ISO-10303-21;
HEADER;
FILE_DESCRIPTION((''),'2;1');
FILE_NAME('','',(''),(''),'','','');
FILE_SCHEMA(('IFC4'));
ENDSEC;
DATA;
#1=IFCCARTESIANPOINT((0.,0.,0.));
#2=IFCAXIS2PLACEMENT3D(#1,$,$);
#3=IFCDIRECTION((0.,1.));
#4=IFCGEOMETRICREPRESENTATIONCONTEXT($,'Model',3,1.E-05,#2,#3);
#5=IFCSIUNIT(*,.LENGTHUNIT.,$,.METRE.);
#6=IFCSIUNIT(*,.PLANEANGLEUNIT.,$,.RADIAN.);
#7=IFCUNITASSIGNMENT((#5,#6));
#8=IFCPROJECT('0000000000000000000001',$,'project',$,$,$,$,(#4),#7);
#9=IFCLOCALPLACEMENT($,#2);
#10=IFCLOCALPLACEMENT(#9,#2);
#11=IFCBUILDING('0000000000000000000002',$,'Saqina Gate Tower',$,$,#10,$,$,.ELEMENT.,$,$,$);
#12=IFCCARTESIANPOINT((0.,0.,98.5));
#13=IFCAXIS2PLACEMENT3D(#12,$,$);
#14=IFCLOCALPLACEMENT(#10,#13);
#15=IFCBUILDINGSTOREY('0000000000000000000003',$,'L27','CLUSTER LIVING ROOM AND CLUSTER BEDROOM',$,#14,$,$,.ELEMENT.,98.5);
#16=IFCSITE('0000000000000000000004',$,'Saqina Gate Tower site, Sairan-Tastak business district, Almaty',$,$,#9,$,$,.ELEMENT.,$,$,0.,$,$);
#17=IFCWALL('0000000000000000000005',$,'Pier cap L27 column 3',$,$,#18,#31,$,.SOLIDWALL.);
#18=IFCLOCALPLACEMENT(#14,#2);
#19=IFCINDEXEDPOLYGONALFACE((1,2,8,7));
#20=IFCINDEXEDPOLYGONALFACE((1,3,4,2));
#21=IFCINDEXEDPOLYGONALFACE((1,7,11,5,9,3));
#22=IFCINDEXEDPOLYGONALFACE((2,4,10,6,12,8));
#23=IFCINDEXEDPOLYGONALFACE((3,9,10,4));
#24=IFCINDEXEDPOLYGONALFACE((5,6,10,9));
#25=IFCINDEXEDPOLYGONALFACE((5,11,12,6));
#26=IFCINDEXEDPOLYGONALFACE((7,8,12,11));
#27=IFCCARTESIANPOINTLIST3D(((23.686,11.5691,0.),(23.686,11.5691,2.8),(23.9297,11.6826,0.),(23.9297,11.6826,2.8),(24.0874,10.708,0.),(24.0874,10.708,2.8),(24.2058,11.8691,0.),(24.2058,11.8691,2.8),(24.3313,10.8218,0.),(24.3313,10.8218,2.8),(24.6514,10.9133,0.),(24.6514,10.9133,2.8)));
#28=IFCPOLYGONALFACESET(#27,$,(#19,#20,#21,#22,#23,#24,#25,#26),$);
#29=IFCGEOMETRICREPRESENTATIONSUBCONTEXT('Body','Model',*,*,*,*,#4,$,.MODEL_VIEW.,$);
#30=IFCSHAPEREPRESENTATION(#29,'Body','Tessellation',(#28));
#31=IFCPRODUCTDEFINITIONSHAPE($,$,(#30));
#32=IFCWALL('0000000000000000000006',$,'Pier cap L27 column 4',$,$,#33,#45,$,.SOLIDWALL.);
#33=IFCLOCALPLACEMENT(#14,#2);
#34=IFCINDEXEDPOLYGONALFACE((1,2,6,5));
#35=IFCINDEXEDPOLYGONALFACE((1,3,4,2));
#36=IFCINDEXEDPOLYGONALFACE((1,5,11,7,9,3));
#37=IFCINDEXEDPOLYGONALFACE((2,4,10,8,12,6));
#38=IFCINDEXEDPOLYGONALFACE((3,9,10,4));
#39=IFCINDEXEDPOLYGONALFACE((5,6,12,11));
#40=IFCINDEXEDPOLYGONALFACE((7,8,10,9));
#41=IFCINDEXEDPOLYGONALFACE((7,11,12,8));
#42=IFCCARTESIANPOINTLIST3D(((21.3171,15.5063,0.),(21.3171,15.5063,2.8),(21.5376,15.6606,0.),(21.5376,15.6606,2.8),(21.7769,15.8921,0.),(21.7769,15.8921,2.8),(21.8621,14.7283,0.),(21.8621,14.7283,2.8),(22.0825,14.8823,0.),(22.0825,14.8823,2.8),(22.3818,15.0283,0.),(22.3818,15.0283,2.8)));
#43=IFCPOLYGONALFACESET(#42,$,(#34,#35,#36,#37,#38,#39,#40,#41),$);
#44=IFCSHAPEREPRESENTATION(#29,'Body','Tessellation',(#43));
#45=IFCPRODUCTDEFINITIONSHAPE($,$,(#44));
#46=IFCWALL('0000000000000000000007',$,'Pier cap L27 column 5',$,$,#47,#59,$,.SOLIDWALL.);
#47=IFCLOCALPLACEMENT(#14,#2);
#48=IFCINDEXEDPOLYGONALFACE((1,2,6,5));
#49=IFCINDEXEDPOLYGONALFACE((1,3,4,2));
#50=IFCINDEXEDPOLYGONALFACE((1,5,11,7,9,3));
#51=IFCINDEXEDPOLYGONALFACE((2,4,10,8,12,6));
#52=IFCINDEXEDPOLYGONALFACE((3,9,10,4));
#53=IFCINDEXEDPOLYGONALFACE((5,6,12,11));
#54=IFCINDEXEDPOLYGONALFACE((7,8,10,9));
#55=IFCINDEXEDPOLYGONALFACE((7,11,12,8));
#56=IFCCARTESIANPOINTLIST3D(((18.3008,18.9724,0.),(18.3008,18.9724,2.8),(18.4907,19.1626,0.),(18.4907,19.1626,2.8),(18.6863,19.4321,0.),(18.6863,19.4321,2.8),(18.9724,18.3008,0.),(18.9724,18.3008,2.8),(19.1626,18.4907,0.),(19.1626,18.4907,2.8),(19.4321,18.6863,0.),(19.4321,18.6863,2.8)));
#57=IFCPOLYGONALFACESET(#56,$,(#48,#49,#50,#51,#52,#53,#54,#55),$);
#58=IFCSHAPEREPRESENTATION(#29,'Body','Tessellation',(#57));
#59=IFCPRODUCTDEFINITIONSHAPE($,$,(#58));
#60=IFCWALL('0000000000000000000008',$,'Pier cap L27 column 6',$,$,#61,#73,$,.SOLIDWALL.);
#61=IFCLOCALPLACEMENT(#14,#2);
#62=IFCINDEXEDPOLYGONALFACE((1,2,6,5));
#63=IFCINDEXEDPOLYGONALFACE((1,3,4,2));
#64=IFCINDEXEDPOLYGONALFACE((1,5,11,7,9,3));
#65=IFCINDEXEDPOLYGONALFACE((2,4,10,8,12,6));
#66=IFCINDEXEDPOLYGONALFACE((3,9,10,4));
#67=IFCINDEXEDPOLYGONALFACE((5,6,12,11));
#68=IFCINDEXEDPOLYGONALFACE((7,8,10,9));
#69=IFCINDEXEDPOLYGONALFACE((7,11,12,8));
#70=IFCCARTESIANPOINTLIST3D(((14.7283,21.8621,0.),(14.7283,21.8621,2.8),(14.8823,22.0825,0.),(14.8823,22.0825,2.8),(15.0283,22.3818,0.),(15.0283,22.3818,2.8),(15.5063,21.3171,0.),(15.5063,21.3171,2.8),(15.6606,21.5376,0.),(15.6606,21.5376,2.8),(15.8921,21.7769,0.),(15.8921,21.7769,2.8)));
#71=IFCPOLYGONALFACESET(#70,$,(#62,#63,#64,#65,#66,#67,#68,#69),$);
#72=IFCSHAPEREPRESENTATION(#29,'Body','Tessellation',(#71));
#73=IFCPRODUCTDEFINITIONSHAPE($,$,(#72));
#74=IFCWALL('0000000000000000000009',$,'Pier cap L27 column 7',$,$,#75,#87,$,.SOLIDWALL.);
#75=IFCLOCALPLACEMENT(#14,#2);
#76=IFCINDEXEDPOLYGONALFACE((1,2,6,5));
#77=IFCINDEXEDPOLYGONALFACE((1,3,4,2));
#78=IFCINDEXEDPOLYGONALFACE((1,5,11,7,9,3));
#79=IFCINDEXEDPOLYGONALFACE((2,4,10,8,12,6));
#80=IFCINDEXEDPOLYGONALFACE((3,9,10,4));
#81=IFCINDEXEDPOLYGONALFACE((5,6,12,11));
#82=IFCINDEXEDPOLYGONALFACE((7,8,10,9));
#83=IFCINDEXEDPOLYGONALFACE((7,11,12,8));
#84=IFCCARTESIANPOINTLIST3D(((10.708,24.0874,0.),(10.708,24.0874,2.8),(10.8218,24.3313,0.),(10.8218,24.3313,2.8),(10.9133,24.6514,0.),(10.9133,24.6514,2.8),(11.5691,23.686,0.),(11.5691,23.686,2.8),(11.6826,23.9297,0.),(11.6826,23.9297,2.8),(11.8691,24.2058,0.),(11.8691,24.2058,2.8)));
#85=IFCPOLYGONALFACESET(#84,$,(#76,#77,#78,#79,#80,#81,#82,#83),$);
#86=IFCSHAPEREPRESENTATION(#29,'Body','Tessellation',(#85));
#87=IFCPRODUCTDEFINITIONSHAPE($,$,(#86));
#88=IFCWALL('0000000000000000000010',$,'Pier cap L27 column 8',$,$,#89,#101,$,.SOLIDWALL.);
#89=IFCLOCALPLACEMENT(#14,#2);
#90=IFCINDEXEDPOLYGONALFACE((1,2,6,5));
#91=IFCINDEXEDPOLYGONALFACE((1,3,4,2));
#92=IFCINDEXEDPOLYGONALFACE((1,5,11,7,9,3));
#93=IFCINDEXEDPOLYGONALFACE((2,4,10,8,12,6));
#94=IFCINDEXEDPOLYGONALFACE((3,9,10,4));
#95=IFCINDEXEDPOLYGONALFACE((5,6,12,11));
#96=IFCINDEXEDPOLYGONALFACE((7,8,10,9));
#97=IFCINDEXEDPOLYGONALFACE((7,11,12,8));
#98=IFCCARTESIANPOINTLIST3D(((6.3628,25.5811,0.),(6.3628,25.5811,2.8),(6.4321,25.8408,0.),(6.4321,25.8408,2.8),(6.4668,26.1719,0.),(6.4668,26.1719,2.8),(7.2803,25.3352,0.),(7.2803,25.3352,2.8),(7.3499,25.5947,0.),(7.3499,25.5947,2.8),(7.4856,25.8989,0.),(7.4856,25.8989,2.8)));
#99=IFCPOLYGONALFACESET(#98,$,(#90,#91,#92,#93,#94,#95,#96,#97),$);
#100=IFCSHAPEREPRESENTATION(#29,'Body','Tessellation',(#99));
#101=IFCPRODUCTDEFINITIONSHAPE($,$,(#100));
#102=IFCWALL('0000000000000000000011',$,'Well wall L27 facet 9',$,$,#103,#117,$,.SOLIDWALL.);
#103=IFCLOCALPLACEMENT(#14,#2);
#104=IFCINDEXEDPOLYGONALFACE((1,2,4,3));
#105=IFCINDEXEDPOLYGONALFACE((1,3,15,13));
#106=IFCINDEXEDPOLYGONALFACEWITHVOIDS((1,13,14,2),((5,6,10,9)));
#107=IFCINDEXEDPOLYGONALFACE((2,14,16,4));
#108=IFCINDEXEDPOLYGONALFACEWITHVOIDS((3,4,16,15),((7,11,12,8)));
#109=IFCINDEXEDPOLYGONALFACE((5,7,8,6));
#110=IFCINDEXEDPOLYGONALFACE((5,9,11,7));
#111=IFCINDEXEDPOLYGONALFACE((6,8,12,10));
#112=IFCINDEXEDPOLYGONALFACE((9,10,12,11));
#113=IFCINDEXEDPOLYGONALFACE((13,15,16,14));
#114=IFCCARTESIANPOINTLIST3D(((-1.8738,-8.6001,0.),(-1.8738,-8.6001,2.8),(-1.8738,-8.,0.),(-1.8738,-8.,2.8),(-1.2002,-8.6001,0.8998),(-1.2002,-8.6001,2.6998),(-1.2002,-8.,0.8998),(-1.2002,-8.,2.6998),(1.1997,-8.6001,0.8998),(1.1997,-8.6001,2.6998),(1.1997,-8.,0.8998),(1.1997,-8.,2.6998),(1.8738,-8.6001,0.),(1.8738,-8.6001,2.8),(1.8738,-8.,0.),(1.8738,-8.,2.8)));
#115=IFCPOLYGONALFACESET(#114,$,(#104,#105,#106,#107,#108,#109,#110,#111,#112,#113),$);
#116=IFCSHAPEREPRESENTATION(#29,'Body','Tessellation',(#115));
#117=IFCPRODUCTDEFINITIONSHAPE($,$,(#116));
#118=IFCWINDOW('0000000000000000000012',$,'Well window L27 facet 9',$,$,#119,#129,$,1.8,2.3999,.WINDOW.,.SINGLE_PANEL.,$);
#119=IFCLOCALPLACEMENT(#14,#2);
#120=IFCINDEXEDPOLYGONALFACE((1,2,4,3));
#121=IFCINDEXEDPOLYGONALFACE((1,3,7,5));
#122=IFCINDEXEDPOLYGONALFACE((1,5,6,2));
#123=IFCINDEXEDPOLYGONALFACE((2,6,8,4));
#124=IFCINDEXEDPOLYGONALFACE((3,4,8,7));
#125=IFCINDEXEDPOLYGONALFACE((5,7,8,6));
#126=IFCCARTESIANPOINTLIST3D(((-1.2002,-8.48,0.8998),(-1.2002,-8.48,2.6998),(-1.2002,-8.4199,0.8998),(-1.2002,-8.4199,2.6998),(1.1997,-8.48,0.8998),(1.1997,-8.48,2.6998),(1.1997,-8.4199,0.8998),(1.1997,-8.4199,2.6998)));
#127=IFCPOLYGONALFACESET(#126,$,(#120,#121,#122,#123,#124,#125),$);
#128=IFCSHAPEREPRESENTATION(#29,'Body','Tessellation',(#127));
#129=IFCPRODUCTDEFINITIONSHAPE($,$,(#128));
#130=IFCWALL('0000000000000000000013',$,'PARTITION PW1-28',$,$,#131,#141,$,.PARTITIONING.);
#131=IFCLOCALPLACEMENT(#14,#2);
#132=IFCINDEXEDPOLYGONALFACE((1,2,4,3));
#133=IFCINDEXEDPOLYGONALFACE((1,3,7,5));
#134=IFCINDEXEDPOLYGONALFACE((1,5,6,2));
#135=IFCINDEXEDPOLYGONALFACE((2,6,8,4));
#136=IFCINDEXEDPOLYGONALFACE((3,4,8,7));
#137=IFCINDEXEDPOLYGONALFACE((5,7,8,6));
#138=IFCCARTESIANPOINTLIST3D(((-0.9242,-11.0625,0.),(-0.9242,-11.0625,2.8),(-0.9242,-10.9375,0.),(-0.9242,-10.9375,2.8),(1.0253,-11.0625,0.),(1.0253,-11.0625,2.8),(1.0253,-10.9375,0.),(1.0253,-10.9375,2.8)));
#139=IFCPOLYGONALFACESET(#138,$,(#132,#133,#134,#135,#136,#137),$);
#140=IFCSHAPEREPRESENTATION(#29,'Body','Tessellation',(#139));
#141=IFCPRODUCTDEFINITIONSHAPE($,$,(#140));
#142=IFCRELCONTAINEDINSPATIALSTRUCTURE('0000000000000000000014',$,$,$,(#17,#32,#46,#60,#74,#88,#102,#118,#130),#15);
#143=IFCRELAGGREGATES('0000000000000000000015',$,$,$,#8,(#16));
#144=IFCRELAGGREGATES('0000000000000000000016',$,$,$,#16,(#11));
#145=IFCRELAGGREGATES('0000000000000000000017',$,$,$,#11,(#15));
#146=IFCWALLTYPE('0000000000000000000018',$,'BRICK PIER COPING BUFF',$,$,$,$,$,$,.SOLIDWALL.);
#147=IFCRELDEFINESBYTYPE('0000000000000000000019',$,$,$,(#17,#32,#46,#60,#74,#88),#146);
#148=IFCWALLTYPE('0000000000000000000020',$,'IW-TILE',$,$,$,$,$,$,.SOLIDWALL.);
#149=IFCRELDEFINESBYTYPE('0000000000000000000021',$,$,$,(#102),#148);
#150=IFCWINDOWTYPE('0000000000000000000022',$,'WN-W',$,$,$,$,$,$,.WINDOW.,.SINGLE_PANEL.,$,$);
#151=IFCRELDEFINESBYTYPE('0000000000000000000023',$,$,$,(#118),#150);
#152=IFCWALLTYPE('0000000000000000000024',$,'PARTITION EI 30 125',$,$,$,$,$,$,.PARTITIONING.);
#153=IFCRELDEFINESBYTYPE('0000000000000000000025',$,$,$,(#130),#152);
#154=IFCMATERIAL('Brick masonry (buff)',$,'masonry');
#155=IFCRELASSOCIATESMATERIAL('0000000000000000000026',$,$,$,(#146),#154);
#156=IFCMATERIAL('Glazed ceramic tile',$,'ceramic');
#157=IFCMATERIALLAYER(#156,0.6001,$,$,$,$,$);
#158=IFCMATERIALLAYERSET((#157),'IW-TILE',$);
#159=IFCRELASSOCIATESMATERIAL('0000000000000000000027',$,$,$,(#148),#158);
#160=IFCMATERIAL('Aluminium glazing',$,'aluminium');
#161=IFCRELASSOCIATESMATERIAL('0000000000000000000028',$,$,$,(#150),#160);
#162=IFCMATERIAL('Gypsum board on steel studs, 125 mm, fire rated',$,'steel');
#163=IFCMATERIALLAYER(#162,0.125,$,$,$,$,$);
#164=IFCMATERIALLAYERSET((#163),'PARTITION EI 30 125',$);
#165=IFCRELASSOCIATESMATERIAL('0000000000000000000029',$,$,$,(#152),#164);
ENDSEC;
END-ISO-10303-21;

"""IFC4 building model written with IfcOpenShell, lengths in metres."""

from ifc_helpers import new_model, si_unit, direction, frame, frame_2d, origin, place, context, subcontext, project, spatial, polyline, rectangle, outline, extrude, material, layer, layer_set, type_object, element, fill, save


model = new_model("IFC4")

# Units and contexts
model_context = context("Model", 3, precision=1e-05, world=origin(), true_north=direction((0.0, 1.0)))
body_context = subcontext(model_context, "Body", "Model", "MODEL_VIEW")
ifc_project = project(units=[si_unit("LENGTHUNIT", "METRE"), si_unit("PLANEANGLEUNIT", "RADIAN")], contexts=[model_context])

# Site, building, storey
site_placement = place(None, origin())
site = spatial("IfcSite", under=ifc_project, at=site_placement, Name="Saqina Gate Tower site, Sairan-Tastak business district, Almaty", CompositionType="ELEMENT", RefElevation=0.0)
building_placement = place(site_placement, origin())
building = spatial("IfcBuilding", under=site, at=building_placement, Name="Saqina Gate Tower", CompositionType="ELEMENT")
storey_placement = place(building_placement, frame((0.0, 0.0, 98.5)))
storey = spatial("IfcBuildingStorey", under=building, at=storey_placement, Name="L27", Description="CLUSTER LIVING ROOM AND CLUSTER BEDROOM", CompositionType="ELEMENT", Elevation=98.5)

# Walls
ifc_material_1 = material(Name="Brick masonry (buff)", Category="masonry")
wall_type_1 = type_object("IfcWallType", Name="BRICK PIER COPING BUFF", PredefinedType="SOLIDWALL", material=ifc_material_1)
wall_1_placement = place(storey_placement, origin())
element("IfcWall", 1, at=wall_1_placement, inside=storey, type_object=wall_type_1, Name="Pier cap L27 column 3", PredefinedType="SOLIDWALL", context=body_context, shape_type="SweptSolid", body=[
    extrude(outline(polyline([(24.6514, 10.9133), (24.2058, 11.8691), (23.686, 11.5691), (23.9297, 11.6826), (24.3313, 10.8218), (24.0874, 10.708), (24.6514, 10.9133)])), origin(), (0.0, 0.0, 1.0), 2.8),
])
wall_2_placement = place(storey_placement, origin())
element("IfcWall", 2, at=wall_2_placement, inside=storey, type_object=wall_type_1, Name="Pier cap L27 column 4", PredefinedType="SOLIDWALL", context=body_context, shape_type="SweptSolid", body=[
    extrude(outline(polyline([(21.7769, 15.8921), (21.3171, 15.5063), (21.5376, 15.6606), (22.0825, 14.8823), (21.8621, 14.7283), (22.3818, 15.0283), (21.7769, 15.8921)])), origin(), (0.0, 0.0, 1.0), 2.8),
])
wall_3_placement = place(storey_placement, origin())
element("IfcWall", 3, at=wall_3_placement, inside=storey, type_object=wall_type_1, Name="Pier cap L27 column 5", PredefinedType="SOLIDWALL", context=body_context, shape_type="SweptSolid", body=[
    extrude(outline(polyline([(19.4321, 18.6863), (18.6863, 19.4321), (18.3008, 18.9724), (18.4907, 19.1626), (19.1626, 18.4907), (18.9724, 18.3008), (19.4321, 18.6863)])), origin(), (0.0, 0.0, 1.0), 2.8),
])
wall_4_placement = place(storey_placement, origin())
element("IfcWall", 4, at=wall_4_placement, inside=storey, type_object=wall_type_1, Name="Pier cap L27 column 6", PredefinedType="SOLIDWALL", context=body_context, shape_type="SweptSolid", body=[
    extrude(outline(polyline([(15.0283, 22.3818), (14.7283, 21.8621), (14.8823, 22.0825), (15.6606, 21.5376), (15.5063, 21.3171), (15.8921, 21.7769), (15.0283, 22.3818)])), origin(), (0.0, 0.0, 1.0), 2.8),
])
wall_5_placement = place(storey_placement, origin())
element("IfcWall", 5, at=wall_5_placement, inside=storey, type_object=wall_type_1, Name="Pier cap L27 column 7", PredefinedType="SOLIDWALL", context=body_context, shape_type="SweptSolid", body=[
    extrude(outline(polyline([(10.9133, 24.6514), (10.708, 24.0874), (10.8218, 24.3313), (11.6826, 23.9297), (11.5691, 23.686), (11.8691, 24.2058), (10.9133, 24.6514)])), origin(), (0.0, 0.0, 1.0), 2.8),
])
wall_6_placement = place(storey_placement, origin())
element("IfcWall", 6, at=wall_6_placement, inside=storey, type_object=wall_type_1, Name="Pier cap L27 column 8", PredefinedType="SOLIDWALL", context=body_context, shape_type="SweptSolid", body=[
    extrude(outline(polyline([(7.4856, 25.8989), (6.4668, 26.1719), (6.3628, 25.5811), (6.4321, 25.8408), (7.3499, 25.5947), (7.2803, 25.3352), (7.4856, 25.8989)])), origin(), (0.0, 0.0, 1.0), 2.8),
])

# Wall, opening, window
ifc_material_2 = material(Name="Glazed ceramic tile", Category="ceramic")
ifc_layer_1 = layer(ifc_material_2, 0.6001)
ifc_layer_set_1 = layer_set([ifc_layer_1], Name="IW-TILE")
wall_type_2 = type_object("IfcWallType", Name="IW-TILE", PredefinedType="SOLIDWALL", material=ifc_layer_set_1)
wall_7_placement = place(storey_placement, frame((-1.8738, -8.3, 0.0), z_axis=(0.0, 0.0, 1.0), x_axis=(1.0, 0.0, 0.0)))
wall_7 = element("IfcWall", 7, at=wall_7_placement, inside=storey, type_object=wall_type_2, Name="Well wall L27 facet 9", PredefinedType="SOLIDWALL", context=body_context, shape_type="SweptSolid", body=[
    extrude(rectangle(XDim=3.7476, YDim=0.6001, at=frame_2d((1.8738, 0.0))), origin(), (0.0, 0.0, 1.0), 2.8),
])
opening_placement = place(wall_7_placement, frame((0.6736, 0.0, 0.8999)))
opening = element("IfcOpeningElement", 8, at=opening_placement, cuts=wall_7, PredefinedType="OPENING", context=body_context, shape_type="SweptSolid", body=[
    extrude(rectangle(XDim=2.3999, YDim=1.8, at=frame_2d((1.2, 0.8999))), frame((0.0, 0.312, 0.0), z_axis=(0.0, -1.0, 0.0), x_axis=(1.0, 0.0, 0.0)), (0.0, 0.0, 1.0), 0.624),
])
ifc_material_3 = material(Name="Aluminium glazing", Category="aluminium")
window_type = type_object("IfcWindowType", Name="WN-W", PartitioningType="SINGLE_PANEL", PredefinedType="WINDOW", material=ifc_material_3)
window_placement = place(opening_placement, origin())
window = element("IfcWindow", 9, at=window_placement, inside=storey, type_object=window_type, Name="Well window L27 facet 9", OverallHeight=1.8, OverallWidth=2.3999, PartitioningType="SINGLE_PANEL", PredefinedType="WINDOW", context=body_context, shape_type="SweptSolid", body=[
    extrude(rectangle(XDim=2.3999, YDim=1.8, at=frame_2d((1.2, 0.8999))), frame((0.0, -0.1199, 0.0), z_axis=(0.0, -1.0, 0.0), x_axis=(1.0, 0.0, 0.0)), (0.0, 0.0, 1.0), 0.0601),
])
fill(opening, window)

# Wall
ifc_material_4 = material(Name="Gypsum board on steel studs, 125 mm, fire rated", Category="steel")
ifc_layer_2 = layer(ifc_material_4, 0.125)
ifc_layer_set_2 = layer_set([ifc_layer_2], Name="PARTITION EI 30 125")
wall_type_3 = type_object("IfcWallType", Name="PARTITION EI 30 125", PredefinedType="PARTITIONING", material=ifc_layer_set_2)
wall_8_placement = place(storey_placement, frame((-0.9241, -11.0, 0.0), z_axis=(0.0, 0.0, 1.0), x_axis=(1.0, 0.0, 0.0)))
element("IfcWall", 10, at=wall_8_placement, inside=storey, type_object=wall_type_3, Name="PARTITION PW1-28", PredefinedType="PARTITIONING", context=body_context, shape_type="SweptSolid", body=[
    extrude(rectangle(XDim=1.9495, YDim=0.125, at=frame_2d((0.9746, 0.0))), origin(), (0.0, 0.0, 1.0), 2.8),
])

save(model, "model.ifc")
